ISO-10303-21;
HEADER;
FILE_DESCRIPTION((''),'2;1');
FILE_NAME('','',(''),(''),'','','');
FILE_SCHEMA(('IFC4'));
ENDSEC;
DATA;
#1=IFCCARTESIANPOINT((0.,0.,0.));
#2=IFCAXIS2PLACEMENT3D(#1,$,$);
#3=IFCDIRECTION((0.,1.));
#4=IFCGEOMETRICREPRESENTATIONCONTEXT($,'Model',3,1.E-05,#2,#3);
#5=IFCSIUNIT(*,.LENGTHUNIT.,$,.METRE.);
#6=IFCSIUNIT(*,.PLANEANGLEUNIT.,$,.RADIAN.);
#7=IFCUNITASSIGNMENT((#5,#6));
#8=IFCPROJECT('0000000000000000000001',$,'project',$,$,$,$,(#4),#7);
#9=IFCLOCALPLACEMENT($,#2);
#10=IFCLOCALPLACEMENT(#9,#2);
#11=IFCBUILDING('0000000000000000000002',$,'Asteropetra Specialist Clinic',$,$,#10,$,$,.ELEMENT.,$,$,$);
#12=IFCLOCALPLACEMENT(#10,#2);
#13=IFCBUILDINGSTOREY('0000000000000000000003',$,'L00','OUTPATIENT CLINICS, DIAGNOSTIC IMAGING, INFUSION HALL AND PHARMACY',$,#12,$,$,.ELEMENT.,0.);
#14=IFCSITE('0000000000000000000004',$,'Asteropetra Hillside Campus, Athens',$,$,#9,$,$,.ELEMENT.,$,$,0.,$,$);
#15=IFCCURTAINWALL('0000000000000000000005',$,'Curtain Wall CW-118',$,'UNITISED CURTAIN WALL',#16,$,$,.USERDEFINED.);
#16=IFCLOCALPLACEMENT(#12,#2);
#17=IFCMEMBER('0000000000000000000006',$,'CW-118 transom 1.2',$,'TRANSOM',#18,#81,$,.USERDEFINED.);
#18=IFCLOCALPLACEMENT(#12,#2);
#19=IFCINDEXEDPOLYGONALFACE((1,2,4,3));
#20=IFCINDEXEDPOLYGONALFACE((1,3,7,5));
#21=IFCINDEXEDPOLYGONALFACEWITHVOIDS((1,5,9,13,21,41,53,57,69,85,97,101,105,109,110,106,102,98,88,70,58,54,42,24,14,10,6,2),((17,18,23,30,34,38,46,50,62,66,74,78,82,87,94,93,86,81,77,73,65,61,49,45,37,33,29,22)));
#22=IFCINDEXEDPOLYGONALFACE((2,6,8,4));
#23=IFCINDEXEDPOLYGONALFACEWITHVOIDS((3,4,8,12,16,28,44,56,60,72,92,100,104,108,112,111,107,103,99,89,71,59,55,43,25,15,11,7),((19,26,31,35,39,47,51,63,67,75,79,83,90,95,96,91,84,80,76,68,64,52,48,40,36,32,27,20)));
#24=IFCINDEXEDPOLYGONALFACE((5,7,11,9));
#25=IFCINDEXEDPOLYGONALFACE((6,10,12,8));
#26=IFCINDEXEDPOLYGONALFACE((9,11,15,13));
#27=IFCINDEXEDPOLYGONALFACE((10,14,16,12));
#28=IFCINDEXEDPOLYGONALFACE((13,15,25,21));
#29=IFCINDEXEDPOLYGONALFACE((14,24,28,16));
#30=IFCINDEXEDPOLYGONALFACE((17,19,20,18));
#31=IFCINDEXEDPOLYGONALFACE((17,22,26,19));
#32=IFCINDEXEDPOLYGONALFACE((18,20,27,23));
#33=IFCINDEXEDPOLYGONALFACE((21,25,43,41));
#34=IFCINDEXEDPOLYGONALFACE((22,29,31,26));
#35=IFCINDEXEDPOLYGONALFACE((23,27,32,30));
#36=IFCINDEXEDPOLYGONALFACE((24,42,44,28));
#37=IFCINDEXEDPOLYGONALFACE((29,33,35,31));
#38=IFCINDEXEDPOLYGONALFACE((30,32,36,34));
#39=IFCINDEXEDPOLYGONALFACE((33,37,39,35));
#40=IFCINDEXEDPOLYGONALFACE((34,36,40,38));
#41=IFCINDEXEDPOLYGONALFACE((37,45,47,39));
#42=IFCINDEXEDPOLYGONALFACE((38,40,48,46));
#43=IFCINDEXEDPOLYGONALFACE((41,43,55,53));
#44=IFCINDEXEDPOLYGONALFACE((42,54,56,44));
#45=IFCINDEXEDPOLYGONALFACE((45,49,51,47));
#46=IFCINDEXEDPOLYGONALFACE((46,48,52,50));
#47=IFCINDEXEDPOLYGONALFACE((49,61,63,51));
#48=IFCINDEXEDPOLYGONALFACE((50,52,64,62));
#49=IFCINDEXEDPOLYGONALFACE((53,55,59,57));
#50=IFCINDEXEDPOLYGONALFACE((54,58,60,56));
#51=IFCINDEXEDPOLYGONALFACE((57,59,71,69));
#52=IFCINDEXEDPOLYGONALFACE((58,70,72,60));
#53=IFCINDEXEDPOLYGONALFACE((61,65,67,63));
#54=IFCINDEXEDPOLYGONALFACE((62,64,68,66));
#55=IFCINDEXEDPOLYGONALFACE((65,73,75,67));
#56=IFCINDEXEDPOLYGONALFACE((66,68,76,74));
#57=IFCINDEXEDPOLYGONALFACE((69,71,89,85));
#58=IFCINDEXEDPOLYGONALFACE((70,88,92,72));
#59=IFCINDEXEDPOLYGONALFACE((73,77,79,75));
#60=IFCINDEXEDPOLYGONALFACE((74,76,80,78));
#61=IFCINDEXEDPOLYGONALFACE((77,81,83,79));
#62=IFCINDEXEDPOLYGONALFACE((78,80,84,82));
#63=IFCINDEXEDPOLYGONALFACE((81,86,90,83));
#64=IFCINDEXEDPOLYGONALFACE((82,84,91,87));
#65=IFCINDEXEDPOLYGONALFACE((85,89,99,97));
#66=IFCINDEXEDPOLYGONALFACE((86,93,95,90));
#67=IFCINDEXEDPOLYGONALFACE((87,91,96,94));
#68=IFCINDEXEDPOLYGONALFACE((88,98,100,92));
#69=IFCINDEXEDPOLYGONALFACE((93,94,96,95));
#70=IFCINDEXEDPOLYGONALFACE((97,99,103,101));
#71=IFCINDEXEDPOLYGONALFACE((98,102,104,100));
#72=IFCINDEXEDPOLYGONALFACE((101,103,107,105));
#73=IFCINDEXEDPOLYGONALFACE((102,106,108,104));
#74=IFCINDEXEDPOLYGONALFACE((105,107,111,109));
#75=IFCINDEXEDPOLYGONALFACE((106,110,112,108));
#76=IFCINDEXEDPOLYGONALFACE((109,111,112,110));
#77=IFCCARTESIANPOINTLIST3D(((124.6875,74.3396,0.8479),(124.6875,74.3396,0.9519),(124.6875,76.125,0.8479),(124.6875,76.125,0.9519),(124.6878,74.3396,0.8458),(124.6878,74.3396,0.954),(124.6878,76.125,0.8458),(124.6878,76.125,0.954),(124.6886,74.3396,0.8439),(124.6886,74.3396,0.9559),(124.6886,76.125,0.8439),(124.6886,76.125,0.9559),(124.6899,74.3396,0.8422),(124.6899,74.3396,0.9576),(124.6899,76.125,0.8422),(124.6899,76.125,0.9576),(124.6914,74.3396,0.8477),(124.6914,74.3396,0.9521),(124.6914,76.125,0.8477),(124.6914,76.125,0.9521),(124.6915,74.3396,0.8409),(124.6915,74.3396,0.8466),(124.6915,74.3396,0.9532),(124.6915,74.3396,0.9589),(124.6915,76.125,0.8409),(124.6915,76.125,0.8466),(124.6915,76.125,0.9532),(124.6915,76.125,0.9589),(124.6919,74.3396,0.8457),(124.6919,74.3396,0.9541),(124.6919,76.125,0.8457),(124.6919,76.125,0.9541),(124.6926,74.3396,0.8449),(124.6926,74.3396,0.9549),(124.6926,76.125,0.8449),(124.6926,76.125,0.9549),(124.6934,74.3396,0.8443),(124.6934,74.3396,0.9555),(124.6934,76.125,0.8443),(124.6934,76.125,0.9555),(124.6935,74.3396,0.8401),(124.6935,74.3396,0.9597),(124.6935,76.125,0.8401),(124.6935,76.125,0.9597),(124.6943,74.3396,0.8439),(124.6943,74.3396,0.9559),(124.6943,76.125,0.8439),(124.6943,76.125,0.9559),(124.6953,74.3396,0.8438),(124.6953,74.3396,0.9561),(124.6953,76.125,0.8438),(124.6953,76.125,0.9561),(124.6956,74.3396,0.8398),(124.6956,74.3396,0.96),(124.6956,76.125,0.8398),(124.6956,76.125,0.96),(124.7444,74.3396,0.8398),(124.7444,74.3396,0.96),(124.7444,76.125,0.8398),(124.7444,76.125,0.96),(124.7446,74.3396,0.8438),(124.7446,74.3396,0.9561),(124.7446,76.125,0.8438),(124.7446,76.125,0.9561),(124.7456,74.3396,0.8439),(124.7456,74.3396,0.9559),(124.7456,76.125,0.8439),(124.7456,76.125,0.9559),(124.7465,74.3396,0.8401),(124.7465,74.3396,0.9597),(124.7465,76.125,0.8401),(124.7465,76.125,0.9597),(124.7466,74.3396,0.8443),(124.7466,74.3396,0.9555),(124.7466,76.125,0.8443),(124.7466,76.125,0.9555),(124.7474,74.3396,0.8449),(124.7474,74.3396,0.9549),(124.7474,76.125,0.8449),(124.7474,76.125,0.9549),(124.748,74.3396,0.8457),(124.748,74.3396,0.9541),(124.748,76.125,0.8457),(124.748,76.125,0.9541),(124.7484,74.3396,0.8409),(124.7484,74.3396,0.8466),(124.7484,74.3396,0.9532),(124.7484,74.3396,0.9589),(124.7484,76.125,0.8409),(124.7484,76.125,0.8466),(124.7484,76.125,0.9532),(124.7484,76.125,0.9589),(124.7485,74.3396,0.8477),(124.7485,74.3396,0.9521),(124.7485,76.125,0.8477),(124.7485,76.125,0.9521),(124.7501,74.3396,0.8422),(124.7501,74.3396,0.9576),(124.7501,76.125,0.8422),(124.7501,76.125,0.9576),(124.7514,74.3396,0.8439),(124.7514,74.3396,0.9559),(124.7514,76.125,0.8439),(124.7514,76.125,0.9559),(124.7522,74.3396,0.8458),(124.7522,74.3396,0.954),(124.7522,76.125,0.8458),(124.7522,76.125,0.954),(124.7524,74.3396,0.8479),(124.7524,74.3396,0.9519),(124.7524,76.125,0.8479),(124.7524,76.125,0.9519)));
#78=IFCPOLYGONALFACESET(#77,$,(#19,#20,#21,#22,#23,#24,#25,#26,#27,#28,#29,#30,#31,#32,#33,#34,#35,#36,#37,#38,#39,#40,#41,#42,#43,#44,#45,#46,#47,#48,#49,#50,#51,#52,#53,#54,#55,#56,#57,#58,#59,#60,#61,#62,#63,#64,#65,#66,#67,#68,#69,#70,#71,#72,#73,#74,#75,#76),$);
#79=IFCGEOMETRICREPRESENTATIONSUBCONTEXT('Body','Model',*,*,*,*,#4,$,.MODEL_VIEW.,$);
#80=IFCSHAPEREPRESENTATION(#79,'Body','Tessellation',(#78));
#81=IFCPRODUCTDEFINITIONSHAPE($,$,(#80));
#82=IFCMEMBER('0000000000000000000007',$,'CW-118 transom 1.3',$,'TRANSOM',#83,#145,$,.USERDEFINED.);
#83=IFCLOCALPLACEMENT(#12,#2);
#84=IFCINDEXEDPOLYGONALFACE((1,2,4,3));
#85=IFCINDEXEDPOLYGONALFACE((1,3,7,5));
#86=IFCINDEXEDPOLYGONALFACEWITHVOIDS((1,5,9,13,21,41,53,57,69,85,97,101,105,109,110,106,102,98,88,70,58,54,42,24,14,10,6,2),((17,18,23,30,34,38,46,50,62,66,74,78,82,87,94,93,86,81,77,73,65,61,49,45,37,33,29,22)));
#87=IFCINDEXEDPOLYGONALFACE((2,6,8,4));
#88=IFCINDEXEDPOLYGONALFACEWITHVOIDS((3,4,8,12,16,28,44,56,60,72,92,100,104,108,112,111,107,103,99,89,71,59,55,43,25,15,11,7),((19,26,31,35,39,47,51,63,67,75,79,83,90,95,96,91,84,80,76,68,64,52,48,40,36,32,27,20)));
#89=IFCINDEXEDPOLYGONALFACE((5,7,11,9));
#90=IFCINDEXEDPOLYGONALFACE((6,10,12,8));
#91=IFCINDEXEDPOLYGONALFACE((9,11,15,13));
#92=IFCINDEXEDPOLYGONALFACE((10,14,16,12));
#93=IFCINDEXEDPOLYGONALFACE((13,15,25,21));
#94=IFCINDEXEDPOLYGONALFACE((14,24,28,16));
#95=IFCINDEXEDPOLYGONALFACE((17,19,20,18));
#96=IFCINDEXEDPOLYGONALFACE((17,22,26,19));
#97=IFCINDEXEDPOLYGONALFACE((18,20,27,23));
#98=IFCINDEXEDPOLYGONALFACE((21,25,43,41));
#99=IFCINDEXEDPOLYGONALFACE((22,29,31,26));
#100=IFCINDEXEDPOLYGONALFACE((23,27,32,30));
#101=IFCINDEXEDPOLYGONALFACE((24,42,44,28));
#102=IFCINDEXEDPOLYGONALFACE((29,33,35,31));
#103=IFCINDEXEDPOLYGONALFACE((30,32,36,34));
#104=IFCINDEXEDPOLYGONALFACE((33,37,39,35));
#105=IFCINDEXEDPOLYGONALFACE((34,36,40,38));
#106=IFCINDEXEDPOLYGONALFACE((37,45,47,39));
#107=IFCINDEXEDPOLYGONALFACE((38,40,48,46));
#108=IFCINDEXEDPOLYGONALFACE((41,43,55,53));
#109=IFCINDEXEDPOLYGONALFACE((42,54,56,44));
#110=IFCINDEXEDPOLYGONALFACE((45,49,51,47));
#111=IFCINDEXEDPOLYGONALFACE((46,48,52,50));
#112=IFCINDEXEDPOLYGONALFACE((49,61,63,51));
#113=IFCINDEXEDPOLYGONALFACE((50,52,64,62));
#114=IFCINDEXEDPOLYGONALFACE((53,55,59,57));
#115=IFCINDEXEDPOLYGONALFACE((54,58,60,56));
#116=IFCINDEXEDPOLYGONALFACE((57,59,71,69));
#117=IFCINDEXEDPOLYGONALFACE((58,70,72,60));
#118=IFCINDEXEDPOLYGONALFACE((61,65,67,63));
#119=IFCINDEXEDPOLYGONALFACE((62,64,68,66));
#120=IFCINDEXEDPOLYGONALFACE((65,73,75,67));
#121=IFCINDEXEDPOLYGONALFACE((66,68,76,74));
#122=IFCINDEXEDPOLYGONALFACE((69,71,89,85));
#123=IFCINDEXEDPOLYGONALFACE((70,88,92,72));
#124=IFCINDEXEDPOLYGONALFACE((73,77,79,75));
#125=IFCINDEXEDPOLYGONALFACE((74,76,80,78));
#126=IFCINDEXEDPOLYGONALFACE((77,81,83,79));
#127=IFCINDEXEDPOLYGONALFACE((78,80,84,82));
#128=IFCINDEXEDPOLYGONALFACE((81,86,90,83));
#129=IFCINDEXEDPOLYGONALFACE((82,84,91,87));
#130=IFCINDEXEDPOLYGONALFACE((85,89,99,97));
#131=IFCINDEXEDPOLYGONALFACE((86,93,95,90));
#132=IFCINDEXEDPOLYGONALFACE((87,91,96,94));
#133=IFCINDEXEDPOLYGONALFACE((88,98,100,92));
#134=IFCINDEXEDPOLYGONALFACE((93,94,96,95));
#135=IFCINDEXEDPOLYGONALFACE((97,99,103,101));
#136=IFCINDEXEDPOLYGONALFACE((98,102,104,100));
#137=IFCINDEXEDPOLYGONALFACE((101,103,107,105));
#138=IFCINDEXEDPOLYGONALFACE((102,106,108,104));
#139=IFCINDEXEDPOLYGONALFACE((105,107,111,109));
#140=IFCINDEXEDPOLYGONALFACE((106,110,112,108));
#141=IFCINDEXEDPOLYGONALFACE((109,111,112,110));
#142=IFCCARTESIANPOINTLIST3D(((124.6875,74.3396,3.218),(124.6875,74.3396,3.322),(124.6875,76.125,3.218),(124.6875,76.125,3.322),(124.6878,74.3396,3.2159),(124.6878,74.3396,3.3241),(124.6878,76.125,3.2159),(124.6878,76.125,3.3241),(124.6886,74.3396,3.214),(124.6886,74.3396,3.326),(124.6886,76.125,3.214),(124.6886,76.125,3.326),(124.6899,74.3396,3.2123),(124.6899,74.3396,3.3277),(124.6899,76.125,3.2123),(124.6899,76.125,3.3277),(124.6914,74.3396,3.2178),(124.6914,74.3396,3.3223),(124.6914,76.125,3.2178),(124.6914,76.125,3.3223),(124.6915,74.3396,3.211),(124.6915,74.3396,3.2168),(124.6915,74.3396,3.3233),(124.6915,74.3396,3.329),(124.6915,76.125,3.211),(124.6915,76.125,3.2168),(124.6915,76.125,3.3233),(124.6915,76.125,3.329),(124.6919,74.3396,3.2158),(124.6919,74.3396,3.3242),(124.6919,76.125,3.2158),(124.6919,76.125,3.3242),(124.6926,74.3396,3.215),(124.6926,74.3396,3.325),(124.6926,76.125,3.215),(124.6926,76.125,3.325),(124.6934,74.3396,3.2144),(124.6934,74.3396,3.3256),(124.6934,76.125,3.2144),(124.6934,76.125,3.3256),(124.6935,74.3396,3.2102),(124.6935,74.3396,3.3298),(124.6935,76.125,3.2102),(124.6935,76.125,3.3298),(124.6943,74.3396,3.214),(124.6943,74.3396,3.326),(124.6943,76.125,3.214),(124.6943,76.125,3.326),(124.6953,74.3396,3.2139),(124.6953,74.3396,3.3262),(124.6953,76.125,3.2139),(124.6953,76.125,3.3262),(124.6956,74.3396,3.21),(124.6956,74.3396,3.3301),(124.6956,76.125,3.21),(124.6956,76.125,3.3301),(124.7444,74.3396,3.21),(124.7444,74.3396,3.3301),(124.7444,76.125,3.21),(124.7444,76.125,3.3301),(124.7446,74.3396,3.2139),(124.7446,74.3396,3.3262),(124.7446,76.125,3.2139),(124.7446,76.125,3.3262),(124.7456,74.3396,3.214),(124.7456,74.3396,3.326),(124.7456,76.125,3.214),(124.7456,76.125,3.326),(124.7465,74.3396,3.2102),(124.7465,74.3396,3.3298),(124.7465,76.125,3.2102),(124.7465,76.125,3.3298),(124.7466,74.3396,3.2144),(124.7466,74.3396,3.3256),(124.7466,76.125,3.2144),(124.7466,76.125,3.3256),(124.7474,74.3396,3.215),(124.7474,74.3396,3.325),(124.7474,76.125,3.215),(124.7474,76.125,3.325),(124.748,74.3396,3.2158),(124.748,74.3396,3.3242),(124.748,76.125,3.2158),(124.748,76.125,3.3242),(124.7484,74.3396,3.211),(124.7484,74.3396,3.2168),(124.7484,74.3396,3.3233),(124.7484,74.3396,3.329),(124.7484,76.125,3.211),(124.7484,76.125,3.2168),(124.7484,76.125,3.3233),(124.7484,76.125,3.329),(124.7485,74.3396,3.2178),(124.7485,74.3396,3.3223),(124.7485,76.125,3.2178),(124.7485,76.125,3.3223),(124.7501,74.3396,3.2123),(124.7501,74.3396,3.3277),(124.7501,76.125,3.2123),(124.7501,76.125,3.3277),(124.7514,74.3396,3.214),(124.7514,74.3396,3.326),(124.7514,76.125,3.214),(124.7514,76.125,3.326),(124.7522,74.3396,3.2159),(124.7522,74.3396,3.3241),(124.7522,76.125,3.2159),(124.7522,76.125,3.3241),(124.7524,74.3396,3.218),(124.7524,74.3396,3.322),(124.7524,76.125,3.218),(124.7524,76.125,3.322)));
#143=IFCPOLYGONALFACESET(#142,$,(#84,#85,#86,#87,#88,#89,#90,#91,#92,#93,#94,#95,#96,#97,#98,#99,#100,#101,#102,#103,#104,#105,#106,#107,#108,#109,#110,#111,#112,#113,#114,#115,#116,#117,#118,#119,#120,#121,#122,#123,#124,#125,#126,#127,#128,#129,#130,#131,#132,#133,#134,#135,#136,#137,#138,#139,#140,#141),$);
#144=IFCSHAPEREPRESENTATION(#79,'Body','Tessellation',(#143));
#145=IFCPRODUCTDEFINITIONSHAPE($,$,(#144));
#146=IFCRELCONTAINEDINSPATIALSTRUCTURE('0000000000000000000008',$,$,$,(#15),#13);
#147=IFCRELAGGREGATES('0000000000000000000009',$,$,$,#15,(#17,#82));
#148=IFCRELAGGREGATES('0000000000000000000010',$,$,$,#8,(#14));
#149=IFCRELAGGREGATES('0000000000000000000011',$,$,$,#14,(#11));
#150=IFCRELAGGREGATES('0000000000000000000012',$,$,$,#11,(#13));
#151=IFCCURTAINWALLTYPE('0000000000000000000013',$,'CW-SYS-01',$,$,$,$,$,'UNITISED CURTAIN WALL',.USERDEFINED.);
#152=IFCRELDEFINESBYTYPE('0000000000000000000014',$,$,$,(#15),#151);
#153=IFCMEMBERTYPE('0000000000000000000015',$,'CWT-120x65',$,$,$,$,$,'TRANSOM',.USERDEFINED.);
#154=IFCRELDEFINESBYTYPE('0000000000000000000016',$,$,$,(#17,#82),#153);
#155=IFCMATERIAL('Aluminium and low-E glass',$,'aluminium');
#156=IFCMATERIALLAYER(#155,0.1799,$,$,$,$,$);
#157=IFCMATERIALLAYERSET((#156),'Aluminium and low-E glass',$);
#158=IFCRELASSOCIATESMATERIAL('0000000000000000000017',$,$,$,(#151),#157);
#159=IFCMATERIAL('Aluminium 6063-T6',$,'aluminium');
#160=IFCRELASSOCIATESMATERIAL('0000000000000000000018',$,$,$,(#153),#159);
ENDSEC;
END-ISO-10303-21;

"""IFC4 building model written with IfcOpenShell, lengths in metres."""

from ifc_helpers import new_model, si_unit, direction, frame, origin, origin_2d, place, context, subcontext, project, spatial, hollow_rectangle, extrude, material, layer, layer_set, material_profile, profile_set, type_object, element, aggregate, save


model = new_model("IFC4")

# Units and contexts
model_context = context("Model", 3, precision=1e-05, world=origin(), true_north=direction((0.0, 1.0)))
body_context = subcontext(model_context, "Body", "Model", "MODEL_VIEW")
ifc_project = project(units=[si_unit("LENGTHUNIT", "METRE"), si_unit("PLANEANGLEUNIT", "RADIAN")], contexts=[model_context])

# Site, building, storey
site_placement = place(None, origin())
site = spatial("IfcSite", under=ifc_project, at=site_placement, Name="Asteropetra Hillside Campus, Athens", CompositionType="ELEMENT", RefElevation=0.0)
building_placement = place(site_placement, origin())
building = spatial("IfcBuilding", under=site, at=building_placement, Name="Asteropetra Specialist Clinic", CompositionType="ELEMENT")
storey_placement = place(building_placement, origin())
storey = spatial("IfcBuildingStorey", under=building, at=storey_placement, Name="L00", Description="OUTPATIENT CLINICS, DIAGNOSTIC IMAGING, INFUSION HALL AND PHARMACY", CompositionType="ELEMENT", Elevation=0.0)

# Curtain wall, members
ifc_material_1 = material(Name="Aluminium and low-E glass", Category="aluminium")
ifc_layer_1 = layer(ifc_material_1, 0.1799)
ifc_layer_set_1 = layer_set([ifc_layer_1], Name="Aluminium and low-E glass")
curtain_wall_type = type_object("IfcCurtainWallType", Name="CW-SYS-01", ElementType="UNITISED CURTAIN WALL", PredefinedType="USERDEFINED", material=ifc_layer_set_1)
curtain_wall_placement = place(storey_placement, origin())
curtain_wall = element("IfcCurtainWall", 1, at=curtain_wall_placement, inside=storey, type_object=curtain_wall_type, Name="Curtain Wall CW-118", ObjectType="UNITISED CURTAIN WALL", PredefinedType="USERDEFINED")
ifc_material_2 = material(Name="Aluminium 6063-T6", Category="aluminium")
ifc_material_profile_1 = material_profile(ifc_material_2, hollow_rectangle(XDim=0.0649, YDim=0.1201, WallThickness=0.0039, InnerFilletRadius=0.0039, OuterFilletRadius=0.0081, at=origin_2d()), Name="TRN 120x65x4.0")
ifc_profile_set_1 = profile_set([ifc_material_profile_1], Name="Aluminium 6063-T6")
member_type_1 = type_object("IfcMemberType", Name="CWT-120x65", ElementType="TRANSOM", PredefinedType="USERDEFINED", material=ifc_profile_set_1)
member_1_placement = place(storey_placement, frame((124.72, 76.125, 0.8999), z_axis=(0.0, -1.0, 0.0), x_axis=(1.0, 0.0, 0.0)))
member_1 = element("IfcMember", 2, at=member_1_placement, type_object=member_type_1, Name="CW-118 transom 1.2", ObjectType="TRANSOM", PredefinedType="USERDEFINED", context=body_context, shape_type="SweptSolid", body=[
    extrude(hollow_rectangle(XDim=0.0649, YDim=0.1201, WallThickness=0.0039, InnerFilletRadius=0.0039, OuterFilletRadius=0.0081, at=origin_2d()), origin(), (0.0, 0.0, 1.0), 1.7854),
])
member_2_placement = place(storey_placement, frame((124.72, 76.125, 3.27), z_axis=(0.0, -1.0, 0.0), x_axis=(1.0, 0.0, 0.0)))
member_2 = element("IfcMember", 3, at=member_2_placement, type_object=member_type_1, Name="CW-118 transom 1.3", ObjectType="TRANSOM", PredefinedType="USERDEFINED", context=body_context, shape_type="SweptSolid", body=[
    extrude(hollow_rectangle(XDim=0.0649, YDim=0.1201, WallThickness=0.0039, InnerFilletRadius=0.0039, OuterFilletRadius=0.0081, at=origin_2d()), origin(), (0.0, 0.0, 1.0), 1.7854),
])
aggregate(curtain_wall, [member_1, member_2])

save(model, "model.ifc")
